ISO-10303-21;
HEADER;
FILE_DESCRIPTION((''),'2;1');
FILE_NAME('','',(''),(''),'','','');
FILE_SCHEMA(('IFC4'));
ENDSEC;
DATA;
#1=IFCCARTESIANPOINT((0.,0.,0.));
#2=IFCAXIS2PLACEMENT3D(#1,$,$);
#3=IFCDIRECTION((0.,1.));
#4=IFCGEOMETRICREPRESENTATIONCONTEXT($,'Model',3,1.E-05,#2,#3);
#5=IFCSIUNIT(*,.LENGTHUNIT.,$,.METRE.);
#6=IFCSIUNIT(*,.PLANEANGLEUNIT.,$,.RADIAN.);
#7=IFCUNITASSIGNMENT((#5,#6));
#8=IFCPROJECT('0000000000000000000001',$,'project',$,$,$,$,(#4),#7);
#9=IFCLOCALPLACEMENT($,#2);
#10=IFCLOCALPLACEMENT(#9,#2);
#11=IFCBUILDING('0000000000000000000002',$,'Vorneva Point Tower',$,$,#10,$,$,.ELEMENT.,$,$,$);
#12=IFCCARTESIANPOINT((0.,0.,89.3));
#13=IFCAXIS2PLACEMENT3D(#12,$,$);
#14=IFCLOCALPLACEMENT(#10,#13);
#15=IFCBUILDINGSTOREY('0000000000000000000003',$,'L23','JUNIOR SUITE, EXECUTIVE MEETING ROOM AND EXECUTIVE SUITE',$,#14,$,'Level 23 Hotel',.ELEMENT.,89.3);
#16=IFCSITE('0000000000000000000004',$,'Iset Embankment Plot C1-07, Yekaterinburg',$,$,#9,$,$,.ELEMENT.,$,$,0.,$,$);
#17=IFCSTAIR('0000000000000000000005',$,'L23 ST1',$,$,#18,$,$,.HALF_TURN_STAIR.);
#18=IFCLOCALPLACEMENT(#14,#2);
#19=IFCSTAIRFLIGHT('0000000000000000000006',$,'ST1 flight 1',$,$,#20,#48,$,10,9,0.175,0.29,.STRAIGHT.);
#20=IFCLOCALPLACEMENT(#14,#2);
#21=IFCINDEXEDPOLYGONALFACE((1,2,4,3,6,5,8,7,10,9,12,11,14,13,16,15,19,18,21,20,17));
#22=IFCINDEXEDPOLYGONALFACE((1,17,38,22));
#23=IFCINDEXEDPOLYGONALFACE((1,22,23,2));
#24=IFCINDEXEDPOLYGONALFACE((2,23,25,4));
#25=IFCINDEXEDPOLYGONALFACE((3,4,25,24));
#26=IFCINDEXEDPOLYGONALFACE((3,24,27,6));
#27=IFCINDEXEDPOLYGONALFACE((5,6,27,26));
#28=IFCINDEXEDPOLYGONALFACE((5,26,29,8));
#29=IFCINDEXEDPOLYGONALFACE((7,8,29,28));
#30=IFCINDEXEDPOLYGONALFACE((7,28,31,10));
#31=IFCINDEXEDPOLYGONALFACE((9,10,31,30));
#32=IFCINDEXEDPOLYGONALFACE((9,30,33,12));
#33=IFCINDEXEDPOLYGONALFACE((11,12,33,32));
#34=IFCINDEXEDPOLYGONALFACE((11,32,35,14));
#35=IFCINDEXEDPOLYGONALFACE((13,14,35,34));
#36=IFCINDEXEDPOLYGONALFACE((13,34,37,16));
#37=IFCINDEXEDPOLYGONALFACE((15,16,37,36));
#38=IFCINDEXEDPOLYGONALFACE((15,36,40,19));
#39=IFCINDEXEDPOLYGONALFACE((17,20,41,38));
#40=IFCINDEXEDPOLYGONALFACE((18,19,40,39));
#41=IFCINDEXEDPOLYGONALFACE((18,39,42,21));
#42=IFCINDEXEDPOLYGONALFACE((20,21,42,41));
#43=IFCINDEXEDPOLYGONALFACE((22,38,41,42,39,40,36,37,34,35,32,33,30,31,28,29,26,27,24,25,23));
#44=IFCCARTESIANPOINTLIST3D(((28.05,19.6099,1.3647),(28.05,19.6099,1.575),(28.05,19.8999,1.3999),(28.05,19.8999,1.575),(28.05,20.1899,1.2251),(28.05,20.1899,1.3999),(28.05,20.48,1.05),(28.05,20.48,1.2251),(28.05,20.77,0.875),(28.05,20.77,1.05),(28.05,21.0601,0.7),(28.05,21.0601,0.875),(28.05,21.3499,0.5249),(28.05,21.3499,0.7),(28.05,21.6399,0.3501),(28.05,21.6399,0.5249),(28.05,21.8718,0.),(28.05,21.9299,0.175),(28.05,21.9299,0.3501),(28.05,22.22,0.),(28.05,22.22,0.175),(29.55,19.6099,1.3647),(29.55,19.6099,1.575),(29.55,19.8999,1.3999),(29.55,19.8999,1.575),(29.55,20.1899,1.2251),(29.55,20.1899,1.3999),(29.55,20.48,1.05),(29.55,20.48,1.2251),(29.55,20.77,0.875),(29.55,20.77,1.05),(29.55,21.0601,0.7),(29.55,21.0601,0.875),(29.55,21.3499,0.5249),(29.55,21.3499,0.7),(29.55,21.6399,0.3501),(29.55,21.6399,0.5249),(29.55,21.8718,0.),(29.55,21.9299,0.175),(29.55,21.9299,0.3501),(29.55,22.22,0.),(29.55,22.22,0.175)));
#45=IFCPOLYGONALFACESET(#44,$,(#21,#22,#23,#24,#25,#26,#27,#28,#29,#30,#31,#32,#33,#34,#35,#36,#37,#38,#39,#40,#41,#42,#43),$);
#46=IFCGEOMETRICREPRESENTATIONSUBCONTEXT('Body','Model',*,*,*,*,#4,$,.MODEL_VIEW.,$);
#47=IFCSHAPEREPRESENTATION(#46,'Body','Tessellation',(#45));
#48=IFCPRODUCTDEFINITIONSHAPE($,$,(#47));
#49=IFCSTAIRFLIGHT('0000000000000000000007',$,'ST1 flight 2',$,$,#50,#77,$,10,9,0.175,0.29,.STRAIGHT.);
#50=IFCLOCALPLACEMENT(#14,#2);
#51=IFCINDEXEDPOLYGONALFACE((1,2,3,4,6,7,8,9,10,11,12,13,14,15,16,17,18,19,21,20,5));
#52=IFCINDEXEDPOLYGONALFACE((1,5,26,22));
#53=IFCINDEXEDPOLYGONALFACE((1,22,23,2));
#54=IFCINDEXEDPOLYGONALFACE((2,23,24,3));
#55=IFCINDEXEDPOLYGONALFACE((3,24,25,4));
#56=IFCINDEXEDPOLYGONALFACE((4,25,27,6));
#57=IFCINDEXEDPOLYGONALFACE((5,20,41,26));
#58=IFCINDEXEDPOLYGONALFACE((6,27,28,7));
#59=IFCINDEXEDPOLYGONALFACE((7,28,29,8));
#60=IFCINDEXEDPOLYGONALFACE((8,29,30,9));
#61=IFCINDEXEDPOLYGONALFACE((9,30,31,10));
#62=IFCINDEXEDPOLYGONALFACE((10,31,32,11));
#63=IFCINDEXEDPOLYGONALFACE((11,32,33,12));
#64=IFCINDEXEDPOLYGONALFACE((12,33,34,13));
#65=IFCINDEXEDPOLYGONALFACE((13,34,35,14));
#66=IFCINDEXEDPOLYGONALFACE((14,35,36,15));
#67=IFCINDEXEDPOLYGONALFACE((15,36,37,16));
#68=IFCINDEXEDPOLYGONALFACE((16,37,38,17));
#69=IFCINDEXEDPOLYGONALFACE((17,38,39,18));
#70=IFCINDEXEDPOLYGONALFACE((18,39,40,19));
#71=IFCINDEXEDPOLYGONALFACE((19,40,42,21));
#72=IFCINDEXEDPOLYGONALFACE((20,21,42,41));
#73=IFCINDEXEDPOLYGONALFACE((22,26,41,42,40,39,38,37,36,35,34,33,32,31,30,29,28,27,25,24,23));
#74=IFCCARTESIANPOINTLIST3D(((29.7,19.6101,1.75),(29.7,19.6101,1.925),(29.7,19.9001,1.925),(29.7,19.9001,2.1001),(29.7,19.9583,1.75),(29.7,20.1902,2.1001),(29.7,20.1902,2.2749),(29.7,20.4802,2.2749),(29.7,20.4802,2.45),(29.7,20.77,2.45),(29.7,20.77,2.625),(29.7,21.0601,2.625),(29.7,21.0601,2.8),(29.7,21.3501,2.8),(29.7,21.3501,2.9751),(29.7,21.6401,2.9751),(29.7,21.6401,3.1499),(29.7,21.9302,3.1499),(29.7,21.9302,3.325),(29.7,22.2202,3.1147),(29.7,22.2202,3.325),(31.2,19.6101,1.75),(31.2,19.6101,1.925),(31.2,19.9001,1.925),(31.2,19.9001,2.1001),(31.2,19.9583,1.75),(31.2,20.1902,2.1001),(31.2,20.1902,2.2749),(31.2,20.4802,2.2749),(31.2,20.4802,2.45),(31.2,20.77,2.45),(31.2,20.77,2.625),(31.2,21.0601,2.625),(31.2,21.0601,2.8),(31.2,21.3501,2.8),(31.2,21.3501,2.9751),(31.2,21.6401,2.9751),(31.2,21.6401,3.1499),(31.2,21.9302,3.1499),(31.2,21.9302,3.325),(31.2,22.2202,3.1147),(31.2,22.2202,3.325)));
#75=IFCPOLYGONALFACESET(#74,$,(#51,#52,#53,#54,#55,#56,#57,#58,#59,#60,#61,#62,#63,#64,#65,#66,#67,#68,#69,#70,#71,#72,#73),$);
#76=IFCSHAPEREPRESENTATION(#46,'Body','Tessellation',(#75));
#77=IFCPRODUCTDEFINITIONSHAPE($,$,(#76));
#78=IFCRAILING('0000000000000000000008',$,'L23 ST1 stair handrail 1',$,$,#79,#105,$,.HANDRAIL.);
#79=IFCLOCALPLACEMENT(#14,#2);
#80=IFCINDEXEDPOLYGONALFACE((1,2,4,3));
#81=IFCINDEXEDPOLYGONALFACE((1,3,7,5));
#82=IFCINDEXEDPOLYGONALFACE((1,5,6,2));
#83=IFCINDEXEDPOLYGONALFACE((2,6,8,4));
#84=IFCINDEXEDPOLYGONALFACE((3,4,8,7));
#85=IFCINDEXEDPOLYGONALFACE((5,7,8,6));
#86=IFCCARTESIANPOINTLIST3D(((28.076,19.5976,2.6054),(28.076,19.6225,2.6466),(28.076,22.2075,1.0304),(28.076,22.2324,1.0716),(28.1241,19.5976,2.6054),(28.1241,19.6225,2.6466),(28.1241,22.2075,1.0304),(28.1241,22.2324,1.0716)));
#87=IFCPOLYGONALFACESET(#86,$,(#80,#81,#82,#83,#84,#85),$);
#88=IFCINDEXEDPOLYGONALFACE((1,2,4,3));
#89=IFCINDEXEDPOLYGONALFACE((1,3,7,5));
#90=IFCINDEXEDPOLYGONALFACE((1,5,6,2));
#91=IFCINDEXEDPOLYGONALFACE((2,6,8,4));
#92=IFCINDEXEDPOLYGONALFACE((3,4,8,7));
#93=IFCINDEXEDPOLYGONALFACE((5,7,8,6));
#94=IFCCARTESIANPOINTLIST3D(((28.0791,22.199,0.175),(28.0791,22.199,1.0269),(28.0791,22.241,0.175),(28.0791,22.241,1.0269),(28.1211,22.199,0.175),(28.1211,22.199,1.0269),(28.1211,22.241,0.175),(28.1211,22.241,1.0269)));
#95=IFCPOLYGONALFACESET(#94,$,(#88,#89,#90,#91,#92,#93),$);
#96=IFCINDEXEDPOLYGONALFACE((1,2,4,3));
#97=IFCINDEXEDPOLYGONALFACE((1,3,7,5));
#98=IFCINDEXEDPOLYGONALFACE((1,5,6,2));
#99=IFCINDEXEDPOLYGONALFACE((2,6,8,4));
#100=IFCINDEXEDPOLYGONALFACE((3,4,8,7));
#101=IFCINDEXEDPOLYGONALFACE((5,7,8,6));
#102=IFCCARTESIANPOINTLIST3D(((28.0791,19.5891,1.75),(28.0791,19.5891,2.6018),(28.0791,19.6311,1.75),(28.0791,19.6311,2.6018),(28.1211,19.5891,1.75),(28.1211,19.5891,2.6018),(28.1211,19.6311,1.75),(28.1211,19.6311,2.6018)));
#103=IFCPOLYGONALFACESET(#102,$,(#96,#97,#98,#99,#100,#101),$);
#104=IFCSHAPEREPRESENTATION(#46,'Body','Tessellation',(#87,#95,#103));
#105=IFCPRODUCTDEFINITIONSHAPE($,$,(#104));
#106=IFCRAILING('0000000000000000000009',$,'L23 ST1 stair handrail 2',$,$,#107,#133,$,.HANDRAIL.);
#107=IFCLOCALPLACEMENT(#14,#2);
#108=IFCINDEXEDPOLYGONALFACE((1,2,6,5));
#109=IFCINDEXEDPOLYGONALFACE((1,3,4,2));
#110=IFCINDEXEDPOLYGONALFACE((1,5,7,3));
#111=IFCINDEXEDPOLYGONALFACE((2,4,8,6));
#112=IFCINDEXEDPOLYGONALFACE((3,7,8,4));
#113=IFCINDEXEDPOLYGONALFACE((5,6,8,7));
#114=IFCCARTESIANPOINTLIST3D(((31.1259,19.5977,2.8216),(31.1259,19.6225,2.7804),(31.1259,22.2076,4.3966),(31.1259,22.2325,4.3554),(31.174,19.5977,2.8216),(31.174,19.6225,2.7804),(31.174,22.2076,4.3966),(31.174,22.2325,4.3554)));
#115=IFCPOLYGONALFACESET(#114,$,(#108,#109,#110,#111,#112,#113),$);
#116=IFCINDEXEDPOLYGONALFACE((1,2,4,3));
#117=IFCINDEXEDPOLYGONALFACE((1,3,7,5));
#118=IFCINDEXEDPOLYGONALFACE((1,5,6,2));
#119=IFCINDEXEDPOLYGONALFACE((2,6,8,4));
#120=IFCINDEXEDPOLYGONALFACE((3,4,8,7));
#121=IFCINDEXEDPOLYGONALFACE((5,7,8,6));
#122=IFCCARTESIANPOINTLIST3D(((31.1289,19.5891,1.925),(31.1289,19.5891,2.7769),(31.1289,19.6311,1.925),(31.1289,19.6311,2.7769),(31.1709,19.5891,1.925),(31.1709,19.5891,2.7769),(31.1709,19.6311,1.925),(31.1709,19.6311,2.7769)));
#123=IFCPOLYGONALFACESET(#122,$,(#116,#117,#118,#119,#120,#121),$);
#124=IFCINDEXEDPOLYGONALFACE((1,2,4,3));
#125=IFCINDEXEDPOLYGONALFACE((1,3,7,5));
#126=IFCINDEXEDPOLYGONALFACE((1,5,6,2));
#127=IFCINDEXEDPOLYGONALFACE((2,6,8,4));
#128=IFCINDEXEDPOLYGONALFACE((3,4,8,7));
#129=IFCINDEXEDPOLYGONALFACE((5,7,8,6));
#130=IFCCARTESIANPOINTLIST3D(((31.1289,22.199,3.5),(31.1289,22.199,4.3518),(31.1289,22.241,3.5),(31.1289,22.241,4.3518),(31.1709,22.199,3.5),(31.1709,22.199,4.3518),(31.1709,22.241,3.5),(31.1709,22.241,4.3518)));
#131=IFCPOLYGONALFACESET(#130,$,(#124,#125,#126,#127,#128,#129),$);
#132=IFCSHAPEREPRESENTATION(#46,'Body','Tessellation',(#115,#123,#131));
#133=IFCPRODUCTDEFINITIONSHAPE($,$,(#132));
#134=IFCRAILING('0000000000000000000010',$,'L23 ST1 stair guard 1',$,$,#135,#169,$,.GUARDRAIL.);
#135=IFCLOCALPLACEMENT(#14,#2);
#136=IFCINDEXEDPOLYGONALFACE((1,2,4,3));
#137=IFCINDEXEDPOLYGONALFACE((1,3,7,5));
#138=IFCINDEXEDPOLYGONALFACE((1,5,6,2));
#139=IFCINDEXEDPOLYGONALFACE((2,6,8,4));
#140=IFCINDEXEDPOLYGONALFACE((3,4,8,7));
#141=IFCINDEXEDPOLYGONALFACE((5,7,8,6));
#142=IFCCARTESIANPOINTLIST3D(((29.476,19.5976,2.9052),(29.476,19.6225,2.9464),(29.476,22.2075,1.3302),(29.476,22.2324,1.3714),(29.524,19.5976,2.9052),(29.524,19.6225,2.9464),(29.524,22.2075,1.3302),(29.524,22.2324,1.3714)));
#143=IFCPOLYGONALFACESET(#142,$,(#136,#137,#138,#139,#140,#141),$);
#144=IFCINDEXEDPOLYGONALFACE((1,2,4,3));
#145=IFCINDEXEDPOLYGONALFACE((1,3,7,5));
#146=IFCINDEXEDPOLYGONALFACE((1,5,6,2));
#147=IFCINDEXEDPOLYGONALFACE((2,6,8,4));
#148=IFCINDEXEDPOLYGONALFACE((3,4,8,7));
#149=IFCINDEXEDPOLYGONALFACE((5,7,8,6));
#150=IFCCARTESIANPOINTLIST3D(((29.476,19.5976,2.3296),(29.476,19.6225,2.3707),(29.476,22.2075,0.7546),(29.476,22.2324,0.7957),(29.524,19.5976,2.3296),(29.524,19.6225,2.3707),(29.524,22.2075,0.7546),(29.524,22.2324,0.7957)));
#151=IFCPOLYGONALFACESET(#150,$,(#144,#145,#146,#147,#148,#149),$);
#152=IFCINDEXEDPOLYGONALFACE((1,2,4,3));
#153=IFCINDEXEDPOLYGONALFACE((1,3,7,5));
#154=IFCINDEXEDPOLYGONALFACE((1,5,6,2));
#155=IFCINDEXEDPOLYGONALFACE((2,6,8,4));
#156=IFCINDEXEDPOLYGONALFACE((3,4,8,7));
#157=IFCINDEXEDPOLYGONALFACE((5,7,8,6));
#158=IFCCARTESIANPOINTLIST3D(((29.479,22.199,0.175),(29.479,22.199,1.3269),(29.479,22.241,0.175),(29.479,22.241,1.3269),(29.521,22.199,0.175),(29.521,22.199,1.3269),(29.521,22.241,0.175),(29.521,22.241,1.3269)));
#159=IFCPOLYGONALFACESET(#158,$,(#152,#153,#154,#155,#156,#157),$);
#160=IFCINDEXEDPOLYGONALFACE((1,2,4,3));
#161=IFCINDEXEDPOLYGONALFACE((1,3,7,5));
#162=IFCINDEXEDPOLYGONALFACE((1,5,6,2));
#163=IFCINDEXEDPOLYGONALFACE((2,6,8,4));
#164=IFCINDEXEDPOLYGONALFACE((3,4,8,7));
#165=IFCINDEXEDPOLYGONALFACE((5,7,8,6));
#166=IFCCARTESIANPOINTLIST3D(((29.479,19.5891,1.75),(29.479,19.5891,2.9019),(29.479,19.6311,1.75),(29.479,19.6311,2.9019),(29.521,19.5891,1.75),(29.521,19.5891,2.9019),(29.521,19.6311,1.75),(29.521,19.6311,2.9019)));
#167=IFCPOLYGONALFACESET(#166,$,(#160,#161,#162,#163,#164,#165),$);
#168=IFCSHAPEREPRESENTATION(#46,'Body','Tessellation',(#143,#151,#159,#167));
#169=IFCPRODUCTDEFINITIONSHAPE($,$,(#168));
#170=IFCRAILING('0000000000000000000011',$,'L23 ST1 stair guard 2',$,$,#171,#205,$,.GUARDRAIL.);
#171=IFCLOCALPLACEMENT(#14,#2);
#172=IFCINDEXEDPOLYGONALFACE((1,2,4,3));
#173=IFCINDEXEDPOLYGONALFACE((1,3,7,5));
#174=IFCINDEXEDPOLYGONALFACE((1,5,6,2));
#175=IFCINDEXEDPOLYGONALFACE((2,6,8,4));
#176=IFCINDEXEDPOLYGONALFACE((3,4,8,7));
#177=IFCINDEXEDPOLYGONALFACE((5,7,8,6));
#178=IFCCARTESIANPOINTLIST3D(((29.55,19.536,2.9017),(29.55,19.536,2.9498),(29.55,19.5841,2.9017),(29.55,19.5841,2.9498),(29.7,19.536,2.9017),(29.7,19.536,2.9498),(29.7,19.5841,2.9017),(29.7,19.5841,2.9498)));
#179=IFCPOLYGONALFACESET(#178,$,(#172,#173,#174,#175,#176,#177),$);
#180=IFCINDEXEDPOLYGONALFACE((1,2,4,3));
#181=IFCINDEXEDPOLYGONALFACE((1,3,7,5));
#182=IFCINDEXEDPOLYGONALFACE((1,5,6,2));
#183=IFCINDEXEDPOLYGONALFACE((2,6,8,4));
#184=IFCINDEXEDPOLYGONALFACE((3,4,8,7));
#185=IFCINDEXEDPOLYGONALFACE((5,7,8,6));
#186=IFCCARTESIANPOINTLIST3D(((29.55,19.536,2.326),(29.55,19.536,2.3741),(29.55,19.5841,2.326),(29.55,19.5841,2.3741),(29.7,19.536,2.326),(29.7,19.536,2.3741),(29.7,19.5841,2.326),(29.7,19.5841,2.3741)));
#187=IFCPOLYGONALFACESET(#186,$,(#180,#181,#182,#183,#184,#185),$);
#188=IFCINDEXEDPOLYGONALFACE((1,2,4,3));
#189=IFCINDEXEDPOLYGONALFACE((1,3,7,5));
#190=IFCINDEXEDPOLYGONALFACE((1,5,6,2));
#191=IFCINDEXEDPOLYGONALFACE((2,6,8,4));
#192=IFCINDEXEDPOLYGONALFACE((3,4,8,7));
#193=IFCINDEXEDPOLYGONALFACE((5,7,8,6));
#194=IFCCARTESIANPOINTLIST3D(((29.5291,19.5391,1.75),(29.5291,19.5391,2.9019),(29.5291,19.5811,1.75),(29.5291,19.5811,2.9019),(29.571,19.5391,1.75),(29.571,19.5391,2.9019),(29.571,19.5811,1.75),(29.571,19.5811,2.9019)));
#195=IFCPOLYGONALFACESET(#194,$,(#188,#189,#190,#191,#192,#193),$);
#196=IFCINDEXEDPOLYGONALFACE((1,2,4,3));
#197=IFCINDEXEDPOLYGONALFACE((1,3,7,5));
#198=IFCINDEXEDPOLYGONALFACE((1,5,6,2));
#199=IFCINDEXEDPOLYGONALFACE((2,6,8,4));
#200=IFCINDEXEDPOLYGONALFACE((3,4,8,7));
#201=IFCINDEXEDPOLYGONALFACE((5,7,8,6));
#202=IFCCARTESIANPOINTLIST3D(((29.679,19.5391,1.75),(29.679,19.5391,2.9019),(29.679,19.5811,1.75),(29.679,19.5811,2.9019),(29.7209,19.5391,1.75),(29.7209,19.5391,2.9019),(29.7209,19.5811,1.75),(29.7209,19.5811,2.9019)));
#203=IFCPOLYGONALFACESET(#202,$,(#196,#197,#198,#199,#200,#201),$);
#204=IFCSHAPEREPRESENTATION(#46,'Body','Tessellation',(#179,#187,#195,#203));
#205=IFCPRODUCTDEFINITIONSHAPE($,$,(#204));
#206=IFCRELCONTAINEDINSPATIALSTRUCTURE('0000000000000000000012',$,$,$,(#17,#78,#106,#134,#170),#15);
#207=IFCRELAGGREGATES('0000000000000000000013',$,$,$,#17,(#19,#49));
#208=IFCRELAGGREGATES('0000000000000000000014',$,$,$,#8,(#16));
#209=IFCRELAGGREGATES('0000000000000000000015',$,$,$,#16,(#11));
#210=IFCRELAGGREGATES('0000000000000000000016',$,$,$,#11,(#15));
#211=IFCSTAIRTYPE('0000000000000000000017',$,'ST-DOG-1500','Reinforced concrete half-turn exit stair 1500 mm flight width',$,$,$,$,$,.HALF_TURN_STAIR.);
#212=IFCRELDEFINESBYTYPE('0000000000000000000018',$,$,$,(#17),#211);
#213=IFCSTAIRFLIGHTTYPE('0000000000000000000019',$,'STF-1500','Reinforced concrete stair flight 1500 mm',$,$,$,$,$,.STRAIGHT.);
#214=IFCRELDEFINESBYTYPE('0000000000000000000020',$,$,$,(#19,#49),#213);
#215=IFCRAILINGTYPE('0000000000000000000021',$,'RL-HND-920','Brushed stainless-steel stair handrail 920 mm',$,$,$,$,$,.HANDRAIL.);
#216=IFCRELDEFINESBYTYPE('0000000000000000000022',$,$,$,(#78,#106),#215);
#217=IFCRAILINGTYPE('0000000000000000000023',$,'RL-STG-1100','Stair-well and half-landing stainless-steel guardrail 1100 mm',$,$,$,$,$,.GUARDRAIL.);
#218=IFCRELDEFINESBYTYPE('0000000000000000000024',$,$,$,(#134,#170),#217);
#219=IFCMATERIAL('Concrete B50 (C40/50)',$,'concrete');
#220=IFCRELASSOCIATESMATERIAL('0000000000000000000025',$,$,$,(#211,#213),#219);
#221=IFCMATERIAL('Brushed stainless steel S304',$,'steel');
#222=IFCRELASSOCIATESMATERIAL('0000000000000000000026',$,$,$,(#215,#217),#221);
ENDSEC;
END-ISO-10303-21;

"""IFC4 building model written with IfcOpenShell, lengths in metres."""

from ifc_helpers import new_model, si_unit, direction, frame, origin, origin_2d, place, context, subcontext, project, spatial, polyline, rectangle, outline, extrude, material, type_object, element, aggregate, save


model = new_model("IFC4")

# Units and contexts
model_context = context("Model", 3, precision=1e-05, world=origin(), true_north=direction((0.0, 1.0)))
body_context = subcontext(model_context, "Body", "Model", "MODEL_VIEW")
ifc_project = project(units=[si_unit("LENGTHUNIT", "METRE"), si_unit("PLANEANGLEUNIT", "RADIAN")], contexts=[model_context])

# Site, building, storey
site_placement = place(None, origin())
site = spatial("IfcSite", under=ifc_project, at=site_placement, Name="Iset Embankment Plot C1-07, Yekaterinburg", CompositionType="ELEMENT", RefElevation=0.0)
building_placement = place(site_placement, origin())
building = spatial("IfcBuilding", under=site, at=building_placement, Name="Vorneva Point Tower", CompositionType="ELEMENT")
storey_placement = place(building_placement, frame((0.0, 0.0, 89.3)))
storey = spatial("IfcBuildingStorey", under=building, at=storey_placement, Name="L23", Description="JUNIOR SUITE, EXECUTIVE MEETING ROOM AND EXECUTIVE SUITE", LongName="Level 23 Hotel", CompositionType="ELEMENT", Elevation=89.3)

# Shared definitions
ifc_material_1 = material(Name="Concrete B50 (C40/50)", Category="concrete")

# Stair, stair flights
stair_type = type_object("IfcStairType", Name="ST-DOG-1500", Description="Reinforced concrete half-turn exit stair 1500 mm flight width", PredefinedType="HALF_TURN_STAIR", material=ifc_material_1)
stair_placement = place(storey_placement, origin())
stair = element("IfcStair", 1, at=stair_placement, inside=storey, type_object=stair_type, Name="L23 ST1", PredefinedType="HALF_TURN_STAIR")
stair_flight_type = type_object("IfcStairFlightType", Name="STF-1500", Description="Reinforced concrete stair flight 1500 mm", PredefinedType="STRAIGHT", material=ifc_material_1)
stair_flight_1_placement = place(storey_placement, frame((28.8, 22.22, 0.0), z_axis=(0.0, 0.0, 1.0), x_axis=(0.0, -1.0, 0.0)))
stair_flight_1 = element("IfcStairFlight", 2, at=stair_flight_1_placement, type_object=stair_flight_type, Name="ST1 flight 1", NumberOfRisers=10, NumberOfTreads=9, PredefinedType="STRAIGHT", RiserHeight=0.175, TreadLength=0.29, context=body_context, shape_type="SweptSolid", body=[
    extrude(outline(polyline([(0.0, 0.0), (0.0, 0.175), (0.29, 0.175), (0.29, 0.3501), (0.5801, 0.3501), (0.5801, 0.5249), (0.8701, 0.5249), (0.8701, 0.7), (1.1599, 0.7), (1.1599, 0.875), (1.45, 0.875), (1.45, 1.05), (1.74, 1.05), (1.74, 1.2251), (2.03, 1.2251), (2.03, 1.3999), (2.3201, 1.3999), (2.3201, 1.575), (2.6101, 1.575), (2.6101, 1.75), (2.6101, 1.3647), (0.3481, 0.0), (0.0, 0.0)])), frame((0.0, 0.75, 0.0), z_axis=(0.0, -1.0, 0.0), x_axis=(1.0, 0.0, 0.0)), (0.0, 0.0, 1.0), 1.5),
])
stair_flight_2_placement = place(storey_placement, frame((30.45, 19.6101, 1.75), z_axis=(0.0, 0.0, 1.0), x_axis=(0.0, 1.0, 0.0)))
stair_flight_2 = element("IfcStairFlight", 3, at=stair_flight_2_placement, type_object=stair_flight_type, Name="ST1 flight 2", NumberOfRisers=10, NumberOfTreads=9, PredefinedType="STRAIGHT", RiserHeight=0.175, TreadLength=0.29, context=body_context, shape_type="SweptSolid", body=[
    extrude(outline(polyline([(0.0, 0.0), (0.0, 0.175), (0.29, 0.175), (0.29, 0.3501), (0.5801, 0.3501), (0.5801, 0.5249), (0.8701, 0.5249), (0.8701, 0.7), (1.1599, 0.7), (1.1599, 0.875), (1.45, 0.875), (1.45, 1.05), (1.74, 1.05), (1.74, 1.2251), (2.03, 1.2251), (2.03, 1.3999), (2.3201, 1.3999), (2.3201, 1.575), (2.6101, 1.575), (2.6101, 1.75), (2.6101, 1.3647), (0.3481, 0.0), (0.0, 0.0)])), frame((0.0, 0.75, 0.0), z_axis=(0.0, -1.0, 0.0), x_axis=(1.0, 0.0, 0.0)), (0.0, 0.0, 1.0), 1.5),
])
aggregate(stair, [stair_flight_1, stair_flight_2])

# Railings
ifc_material_2 = material(Name="Brushed stainless steel S304", Category="steel")
railing_type_1 = type_object("IfcRailingType", Name="RL-HND-920", Description="Brushed stainless-steel stair handrail 920 mm", PredefinedType="HANDRAIL", material=ifc_material_2)
railing_1_placement = place(storey_placement, frame((28.1001, 22.22, 0.175)))
element("IfcRailing", 4, at=railing_1_placement, inside=storey, type_object=railing_type_1, Name="L23 ST1 stair handrail 1", PredefinedType="HANDRAIL", context=body_context, shape_type="SweptSolid", body=[
    extrude(rectangle(XDim=0.0481, YDim=0.0481, at=origin_2d()), frame((0.0, 0.0, 0.876), z_axis=(0.0, -0.856183, 0.516673), x_axis=(1.0, 0.0, 0.0)), (0.0, 0.0, 1.0), 3.0483),
    extrude(rectangle(XDim=0.042, YDim=0.042, at=origin_2d()), origin(), (0.0, 0.0, 1.0), 0.8518),
    extrude(rectangle(XDim=0.042, YDim=0.042, at=origin_2d()), frame((0.0, -2.6099, 1.575)), (0.0, 0.0, 1.0), 0.8518),
])
railing_2_placement = place(storey_placement, frame((31.1499, 19.6101, 1.925)))
element("IfcRailing", 5, at=railing_2_placement, inside=storey, type_object=railing_type_1, Name="L23 ST1 stair handrail 2", PredefinedType="HANDRAIL", context=body_context, shape_type="SweptSolid", body=[
    extrude(rectangle(XDim=0.0481, YDim=0.0481, at=origin_2d()), frame((0.0, 0.0, 0.876), z_axis=(0.0, 0.856183, 0.516673), x_axis=(-1.0, 0.0, 0.0)), (0.0, 0.0, 1.0), 3.0483),
    extrude(rectangle(XDim=0.042, YDim=0.042, at=origin_2d()), origin(), (0.0, 0.0, 1.0), 0.8518),
    extrude(rectangle(XDim=0.042, YDim=0.042, at=origin_2d()), frame((0.0, 2.6099, 1.575)), (0.0, 0.0, 1.0), 0.8518),
])
railing_type_2 = type_object("IfcRailingType", Name="RL-STG-1100", Description="Stair-well and half-landing stainless-steel guardrail 1100 mm", PredefinedType="GUARDRAIL", material=ifc_material_2)
railing_3_placement = place(storey_placement, frame((29.5, 22.22, 0.175)))
element("IfcRailing", 6, at=railing_3_placement, inside=storey, type_object=railing_type_2, Name="L23 ST1 stair guard 1", PredefinedType="GUARDRAIL", context=body_context, shape_type="SweptSolid", body=[
    extrude(rectangle(XDim=0.0481, YDim=0.0481, at=origin_2d()), frame((0.0, 0.0, 1.1758), z_axis=(0.0, -0.856183, 0.516673), x_axis=(1.0, 0.0, 0.0)), (0.0, 0.0, 1.0), 3.0483),
    extrude(rectangle(XDim=0.0481, YDim=0.0481, at=origin_2d()), frame((0.0, 0.0, 0.6001), z_axis=(0.0, -0.856183, 0.516673), x_axis=(1.0, 0.0, 0.0)), (0.0, 0.0, 1.0), 3.0483),
    extrude(rectangle(XDim=0.042, YDim=0.042, at=origin_2d()), origin(), (0.0, 0.0, 1.0), 1.1519),
    extrude(rectangle(XDim=0.042, YDim=0.042, at=origin_2d()), frame((0.0, -2.6099, 1.575)), (0.0, 0.0, 1.0), 1.1519),
])
railing_4_placement = place(storey_placement, frame((29.55, 19.5601, 1.75)))
element("IfcRailing", 7, at=railing_4_placement, inside=storey, type_object=railing_type_2, Name="L23 ST1 stair guard 2", PredefinedType="GUARDRAIL", context=body_context, shape_type="SweptSolid", body=[
    extrude(rectangle(XDim=0.0481, YDim=0.0481, at=origin_2d()), frame((0.0, 0.0, 1.1758), z_axis=(1.0, 0.0, 0.0), x_axis=(0.0, 1.0, 0.0)), (0.0, 0.0, 1.0), 0.1499),
    extrude(rectangle(XDim=0.0481, YDim=0.0481, at=origin_2d()), frame((0.0, 0.0, 0.6001), z_axis=(1.0, 0.0, 0.0), x_axis=(0.0, 1.0, 0.0)), (0.0, 0.0, 1.0), 0.1499),
    extrude(rectangle(XDim=0.042, YDim=0.042, at=origin_2d()), origin(), (0.0, 0.0, 1.0), 1.1519),
    extrude(rectangle(XDim=0.042, YDim=0.042, at=origin_2d()), frame((0.1499, 0.0, 0.0)), (0.0, 0.0, 1.0), 1.1519),
])

save(model, "model.ifc")
